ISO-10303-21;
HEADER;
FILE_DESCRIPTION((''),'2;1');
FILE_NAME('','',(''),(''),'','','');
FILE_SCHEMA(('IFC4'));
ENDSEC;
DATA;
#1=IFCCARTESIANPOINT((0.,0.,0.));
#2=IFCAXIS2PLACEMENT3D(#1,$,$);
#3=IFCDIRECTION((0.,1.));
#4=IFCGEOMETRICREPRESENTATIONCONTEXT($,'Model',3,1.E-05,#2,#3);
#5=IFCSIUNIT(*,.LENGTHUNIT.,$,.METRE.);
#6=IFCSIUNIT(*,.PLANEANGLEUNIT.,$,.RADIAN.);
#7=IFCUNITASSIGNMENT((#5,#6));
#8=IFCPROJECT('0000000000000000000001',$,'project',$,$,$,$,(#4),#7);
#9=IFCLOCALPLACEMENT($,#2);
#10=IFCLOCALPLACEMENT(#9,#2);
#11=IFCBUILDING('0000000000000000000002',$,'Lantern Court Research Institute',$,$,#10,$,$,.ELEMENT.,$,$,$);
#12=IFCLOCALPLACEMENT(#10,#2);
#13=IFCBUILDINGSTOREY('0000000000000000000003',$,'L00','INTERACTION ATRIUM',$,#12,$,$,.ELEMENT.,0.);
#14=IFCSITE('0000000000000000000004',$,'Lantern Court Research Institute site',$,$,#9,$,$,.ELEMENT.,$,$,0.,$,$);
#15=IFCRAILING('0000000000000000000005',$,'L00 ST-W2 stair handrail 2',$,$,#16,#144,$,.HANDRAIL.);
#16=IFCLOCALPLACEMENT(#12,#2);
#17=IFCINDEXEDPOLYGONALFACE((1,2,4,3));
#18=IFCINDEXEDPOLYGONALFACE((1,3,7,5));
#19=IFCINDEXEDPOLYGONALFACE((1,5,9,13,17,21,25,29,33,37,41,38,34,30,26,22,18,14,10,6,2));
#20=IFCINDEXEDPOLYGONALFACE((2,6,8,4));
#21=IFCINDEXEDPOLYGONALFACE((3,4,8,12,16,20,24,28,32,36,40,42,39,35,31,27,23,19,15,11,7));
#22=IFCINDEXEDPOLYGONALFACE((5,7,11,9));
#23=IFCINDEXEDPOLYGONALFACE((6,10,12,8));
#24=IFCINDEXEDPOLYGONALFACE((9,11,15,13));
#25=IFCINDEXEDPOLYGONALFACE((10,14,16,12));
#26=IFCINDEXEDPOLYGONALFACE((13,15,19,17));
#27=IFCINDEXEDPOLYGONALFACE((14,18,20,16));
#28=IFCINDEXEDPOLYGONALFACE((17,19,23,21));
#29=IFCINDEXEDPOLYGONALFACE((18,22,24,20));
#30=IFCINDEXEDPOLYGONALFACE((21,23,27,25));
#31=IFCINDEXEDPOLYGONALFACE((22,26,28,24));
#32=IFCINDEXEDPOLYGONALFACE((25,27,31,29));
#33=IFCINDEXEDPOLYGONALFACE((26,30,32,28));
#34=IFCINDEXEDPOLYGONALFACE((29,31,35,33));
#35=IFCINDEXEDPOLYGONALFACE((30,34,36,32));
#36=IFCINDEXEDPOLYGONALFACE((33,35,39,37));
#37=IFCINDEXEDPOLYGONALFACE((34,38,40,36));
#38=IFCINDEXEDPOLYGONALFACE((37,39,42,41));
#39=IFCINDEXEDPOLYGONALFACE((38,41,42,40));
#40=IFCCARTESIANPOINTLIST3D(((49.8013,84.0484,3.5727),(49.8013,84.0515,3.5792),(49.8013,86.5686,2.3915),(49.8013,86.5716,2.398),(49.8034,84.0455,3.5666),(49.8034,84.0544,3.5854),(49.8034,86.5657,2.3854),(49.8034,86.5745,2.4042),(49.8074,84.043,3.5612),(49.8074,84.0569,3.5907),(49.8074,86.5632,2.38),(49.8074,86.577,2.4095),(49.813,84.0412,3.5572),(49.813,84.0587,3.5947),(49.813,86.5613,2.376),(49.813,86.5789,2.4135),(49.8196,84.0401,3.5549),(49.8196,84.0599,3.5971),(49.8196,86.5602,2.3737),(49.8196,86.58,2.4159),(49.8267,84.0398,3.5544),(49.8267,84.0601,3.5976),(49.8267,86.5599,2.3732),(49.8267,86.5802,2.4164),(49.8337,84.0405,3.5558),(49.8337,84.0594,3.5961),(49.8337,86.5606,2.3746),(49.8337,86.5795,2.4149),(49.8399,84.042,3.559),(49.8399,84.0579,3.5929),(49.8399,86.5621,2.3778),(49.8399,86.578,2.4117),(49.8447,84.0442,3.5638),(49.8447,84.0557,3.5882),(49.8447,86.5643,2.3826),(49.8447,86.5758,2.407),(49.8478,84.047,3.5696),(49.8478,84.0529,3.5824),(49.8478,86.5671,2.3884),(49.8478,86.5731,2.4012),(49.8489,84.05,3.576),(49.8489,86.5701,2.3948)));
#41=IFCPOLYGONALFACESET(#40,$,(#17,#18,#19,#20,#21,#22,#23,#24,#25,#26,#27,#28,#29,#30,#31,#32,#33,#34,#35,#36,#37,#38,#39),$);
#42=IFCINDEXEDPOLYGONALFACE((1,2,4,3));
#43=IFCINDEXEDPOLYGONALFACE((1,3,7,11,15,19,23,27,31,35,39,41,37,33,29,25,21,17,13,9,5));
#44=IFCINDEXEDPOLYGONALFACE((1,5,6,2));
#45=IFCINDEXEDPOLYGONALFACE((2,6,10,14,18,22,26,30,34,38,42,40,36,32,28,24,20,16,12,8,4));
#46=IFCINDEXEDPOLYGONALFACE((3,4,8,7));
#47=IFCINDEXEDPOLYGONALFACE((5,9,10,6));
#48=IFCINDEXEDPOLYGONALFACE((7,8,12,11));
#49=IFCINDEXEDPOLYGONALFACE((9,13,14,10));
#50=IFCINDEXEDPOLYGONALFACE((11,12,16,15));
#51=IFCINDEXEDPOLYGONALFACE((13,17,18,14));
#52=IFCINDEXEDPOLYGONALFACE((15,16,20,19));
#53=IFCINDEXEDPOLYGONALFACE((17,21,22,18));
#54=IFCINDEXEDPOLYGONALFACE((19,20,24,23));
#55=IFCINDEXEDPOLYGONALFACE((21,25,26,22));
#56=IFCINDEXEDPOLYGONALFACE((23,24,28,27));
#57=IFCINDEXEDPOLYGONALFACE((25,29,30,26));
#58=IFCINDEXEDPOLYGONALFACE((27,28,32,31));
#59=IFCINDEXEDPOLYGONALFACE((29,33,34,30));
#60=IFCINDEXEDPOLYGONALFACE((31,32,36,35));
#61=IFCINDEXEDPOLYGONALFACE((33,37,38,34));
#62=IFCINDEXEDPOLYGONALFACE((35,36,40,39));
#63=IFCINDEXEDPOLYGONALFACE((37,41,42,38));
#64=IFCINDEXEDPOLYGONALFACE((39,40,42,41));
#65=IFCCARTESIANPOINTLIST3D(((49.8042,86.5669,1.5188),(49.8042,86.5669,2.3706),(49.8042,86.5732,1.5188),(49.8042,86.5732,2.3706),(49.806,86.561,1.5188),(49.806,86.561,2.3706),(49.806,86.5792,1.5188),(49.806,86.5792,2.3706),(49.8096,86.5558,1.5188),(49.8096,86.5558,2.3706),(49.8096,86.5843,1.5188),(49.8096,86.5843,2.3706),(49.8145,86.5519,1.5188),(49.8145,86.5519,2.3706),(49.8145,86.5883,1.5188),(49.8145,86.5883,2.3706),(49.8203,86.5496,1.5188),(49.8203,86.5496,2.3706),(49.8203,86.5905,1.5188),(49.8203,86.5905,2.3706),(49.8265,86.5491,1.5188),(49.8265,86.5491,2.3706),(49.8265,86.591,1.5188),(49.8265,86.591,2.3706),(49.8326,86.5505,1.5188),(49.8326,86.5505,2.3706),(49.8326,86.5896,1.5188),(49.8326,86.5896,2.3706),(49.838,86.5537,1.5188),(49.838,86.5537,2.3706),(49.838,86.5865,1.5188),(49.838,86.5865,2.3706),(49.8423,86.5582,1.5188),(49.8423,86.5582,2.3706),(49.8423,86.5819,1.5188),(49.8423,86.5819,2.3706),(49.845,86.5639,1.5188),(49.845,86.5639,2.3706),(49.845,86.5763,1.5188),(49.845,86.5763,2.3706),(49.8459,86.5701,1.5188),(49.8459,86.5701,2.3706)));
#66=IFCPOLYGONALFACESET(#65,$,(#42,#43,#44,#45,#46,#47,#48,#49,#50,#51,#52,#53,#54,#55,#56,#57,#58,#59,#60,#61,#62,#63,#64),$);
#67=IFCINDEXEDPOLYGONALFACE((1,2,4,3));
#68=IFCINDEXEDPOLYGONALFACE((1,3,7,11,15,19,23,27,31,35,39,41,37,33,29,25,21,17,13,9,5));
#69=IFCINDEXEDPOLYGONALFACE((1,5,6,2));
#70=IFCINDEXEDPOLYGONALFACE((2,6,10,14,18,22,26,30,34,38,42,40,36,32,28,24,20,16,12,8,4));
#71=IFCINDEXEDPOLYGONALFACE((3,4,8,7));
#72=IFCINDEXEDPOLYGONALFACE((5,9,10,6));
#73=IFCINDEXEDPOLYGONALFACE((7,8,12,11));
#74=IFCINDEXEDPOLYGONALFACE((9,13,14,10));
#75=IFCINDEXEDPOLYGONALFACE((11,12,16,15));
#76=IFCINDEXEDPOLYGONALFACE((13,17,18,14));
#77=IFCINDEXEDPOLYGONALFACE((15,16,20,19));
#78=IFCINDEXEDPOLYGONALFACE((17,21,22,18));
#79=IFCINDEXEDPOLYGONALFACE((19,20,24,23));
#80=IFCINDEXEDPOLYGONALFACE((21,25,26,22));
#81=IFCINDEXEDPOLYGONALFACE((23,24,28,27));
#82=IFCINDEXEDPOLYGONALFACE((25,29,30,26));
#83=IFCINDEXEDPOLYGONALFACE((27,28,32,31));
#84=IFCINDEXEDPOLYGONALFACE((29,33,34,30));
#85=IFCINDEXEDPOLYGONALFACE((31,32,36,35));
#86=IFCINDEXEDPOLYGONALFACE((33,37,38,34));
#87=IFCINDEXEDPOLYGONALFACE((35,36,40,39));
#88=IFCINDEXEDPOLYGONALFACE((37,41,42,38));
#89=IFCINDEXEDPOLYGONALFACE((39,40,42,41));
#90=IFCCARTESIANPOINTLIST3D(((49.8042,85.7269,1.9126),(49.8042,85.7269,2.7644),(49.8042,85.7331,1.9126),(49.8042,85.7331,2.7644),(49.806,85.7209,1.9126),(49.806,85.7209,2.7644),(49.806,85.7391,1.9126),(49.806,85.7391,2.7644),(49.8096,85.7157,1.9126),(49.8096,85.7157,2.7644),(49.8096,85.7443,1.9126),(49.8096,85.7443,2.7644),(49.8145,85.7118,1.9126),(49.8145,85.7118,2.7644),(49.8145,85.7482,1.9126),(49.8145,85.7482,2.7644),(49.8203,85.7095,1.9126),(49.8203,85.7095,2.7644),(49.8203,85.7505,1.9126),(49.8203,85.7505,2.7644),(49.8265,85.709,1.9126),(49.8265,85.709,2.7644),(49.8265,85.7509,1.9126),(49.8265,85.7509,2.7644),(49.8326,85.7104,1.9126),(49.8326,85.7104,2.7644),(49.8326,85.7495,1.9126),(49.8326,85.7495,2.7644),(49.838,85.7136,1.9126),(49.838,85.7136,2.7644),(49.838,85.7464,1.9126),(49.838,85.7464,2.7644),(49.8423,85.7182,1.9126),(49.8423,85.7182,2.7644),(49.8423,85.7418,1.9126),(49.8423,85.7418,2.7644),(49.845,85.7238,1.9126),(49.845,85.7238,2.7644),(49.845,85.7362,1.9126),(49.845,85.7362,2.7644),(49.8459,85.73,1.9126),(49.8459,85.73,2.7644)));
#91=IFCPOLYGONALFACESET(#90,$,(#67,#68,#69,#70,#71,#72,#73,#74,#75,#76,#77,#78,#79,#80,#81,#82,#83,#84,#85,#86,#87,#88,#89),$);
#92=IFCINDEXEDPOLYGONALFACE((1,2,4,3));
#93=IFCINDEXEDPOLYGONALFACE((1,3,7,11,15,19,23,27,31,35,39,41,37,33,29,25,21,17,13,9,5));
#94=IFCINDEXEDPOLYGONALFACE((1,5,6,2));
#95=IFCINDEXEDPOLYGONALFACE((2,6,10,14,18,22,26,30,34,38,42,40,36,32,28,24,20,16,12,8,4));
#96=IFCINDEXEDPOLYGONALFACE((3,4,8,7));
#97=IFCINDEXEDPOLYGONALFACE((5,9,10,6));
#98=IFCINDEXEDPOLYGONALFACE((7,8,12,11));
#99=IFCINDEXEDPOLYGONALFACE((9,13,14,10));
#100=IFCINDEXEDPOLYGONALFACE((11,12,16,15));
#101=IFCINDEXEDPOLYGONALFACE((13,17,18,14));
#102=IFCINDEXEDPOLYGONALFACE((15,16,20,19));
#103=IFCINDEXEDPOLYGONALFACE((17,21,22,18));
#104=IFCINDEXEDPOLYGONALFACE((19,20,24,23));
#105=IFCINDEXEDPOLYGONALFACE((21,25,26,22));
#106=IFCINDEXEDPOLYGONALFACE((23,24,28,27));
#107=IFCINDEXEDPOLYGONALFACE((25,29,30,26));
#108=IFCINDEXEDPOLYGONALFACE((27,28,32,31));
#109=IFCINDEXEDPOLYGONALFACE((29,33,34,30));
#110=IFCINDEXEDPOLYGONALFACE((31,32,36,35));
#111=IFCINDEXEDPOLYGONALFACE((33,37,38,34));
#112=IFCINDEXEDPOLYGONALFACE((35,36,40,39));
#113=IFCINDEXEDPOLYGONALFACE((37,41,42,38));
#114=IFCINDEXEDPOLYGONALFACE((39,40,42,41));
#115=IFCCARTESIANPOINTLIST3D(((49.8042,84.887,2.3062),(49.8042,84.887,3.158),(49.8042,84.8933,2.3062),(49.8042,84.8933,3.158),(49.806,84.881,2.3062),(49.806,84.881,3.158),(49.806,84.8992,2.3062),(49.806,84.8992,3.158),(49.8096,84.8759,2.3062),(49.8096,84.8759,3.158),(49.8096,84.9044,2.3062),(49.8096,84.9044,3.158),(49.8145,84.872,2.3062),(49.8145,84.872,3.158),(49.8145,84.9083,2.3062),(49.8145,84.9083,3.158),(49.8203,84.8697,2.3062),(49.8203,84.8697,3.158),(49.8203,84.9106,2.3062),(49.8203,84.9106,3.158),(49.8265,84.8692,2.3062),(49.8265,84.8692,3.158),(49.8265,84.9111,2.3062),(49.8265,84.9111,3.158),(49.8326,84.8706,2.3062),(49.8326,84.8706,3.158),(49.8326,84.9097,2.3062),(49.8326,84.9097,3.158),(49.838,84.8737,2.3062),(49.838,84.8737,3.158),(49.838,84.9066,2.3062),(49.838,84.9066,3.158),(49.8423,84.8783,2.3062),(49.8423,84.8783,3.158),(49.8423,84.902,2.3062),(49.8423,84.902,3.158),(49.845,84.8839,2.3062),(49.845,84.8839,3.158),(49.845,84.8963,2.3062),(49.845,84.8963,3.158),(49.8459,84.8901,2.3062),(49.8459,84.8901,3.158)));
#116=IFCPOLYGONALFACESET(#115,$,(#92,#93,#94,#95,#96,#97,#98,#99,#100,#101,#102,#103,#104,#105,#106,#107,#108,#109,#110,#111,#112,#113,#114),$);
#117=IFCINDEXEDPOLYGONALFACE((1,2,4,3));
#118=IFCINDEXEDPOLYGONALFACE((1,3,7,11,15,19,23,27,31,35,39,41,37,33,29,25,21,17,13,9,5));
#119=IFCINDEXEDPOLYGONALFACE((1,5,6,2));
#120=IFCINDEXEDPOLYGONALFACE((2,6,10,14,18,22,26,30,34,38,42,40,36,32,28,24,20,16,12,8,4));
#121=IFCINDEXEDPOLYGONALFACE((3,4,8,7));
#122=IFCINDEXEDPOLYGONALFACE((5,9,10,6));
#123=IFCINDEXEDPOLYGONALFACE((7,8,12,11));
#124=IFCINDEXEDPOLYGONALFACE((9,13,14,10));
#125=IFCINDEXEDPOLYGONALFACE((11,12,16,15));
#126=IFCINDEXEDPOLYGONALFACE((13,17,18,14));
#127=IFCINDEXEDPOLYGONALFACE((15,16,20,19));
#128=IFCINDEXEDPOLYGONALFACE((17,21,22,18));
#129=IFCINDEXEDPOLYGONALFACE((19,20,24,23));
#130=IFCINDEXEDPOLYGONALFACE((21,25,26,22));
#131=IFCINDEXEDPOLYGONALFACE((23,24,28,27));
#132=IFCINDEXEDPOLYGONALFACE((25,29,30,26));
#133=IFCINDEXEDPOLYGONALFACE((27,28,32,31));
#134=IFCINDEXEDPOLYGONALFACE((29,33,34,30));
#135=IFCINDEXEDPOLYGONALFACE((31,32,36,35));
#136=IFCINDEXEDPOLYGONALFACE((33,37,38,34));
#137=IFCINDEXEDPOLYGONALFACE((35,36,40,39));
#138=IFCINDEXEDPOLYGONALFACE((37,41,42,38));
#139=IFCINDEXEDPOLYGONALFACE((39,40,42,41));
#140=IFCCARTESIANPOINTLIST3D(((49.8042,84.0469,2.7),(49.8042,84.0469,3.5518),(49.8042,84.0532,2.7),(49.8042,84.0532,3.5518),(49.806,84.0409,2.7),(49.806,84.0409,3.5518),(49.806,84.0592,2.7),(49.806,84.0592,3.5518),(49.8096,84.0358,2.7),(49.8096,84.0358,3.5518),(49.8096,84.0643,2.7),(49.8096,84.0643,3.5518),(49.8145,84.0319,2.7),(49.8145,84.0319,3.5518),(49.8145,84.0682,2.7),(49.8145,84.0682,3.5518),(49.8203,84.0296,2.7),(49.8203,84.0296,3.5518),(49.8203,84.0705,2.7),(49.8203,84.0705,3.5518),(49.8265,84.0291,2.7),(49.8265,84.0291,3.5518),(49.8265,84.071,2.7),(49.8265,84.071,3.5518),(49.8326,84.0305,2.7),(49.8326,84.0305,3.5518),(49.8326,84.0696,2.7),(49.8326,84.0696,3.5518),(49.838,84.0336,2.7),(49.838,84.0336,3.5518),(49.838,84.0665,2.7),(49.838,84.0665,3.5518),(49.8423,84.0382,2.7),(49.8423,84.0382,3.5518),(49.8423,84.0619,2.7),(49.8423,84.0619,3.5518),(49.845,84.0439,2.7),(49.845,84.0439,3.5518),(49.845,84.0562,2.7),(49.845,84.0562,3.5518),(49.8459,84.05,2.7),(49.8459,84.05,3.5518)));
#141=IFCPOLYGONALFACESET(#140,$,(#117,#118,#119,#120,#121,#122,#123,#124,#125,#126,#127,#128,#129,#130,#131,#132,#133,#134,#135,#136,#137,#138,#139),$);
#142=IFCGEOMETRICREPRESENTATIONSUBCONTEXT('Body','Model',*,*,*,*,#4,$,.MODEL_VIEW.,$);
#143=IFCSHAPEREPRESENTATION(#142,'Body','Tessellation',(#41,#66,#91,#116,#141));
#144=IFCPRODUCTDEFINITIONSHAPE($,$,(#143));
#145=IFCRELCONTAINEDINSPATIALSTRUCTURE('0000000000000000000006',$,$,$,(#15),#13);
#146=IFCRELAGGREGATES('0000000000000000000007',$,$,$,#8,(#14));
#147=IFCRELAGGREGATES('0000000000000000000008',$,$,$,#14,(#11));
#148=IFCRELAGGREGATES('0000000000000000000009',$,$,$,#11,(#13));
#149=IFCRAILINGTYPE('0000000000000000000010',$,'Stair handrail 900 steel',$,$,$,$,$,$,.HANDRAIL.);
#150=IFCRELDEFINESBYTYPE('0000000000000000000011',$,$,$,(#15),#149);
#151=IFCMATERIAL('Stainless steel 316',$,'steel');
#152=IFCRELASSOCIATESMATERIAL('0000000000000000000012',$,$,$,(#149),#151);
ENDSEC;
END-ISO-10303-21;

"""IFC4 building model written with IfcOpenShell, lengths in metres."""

from ifc_helpers import new_model, si_unit, direction, frame, origin, origin_2d, place, context, subcontext, project, spatial, circle, extrude, material, type_object, element, save


model = new_model("IFC4")

# Units and contexts
model_context = context("Model", 3, precision=1e-05, world=origin(), true_north=direction((0.0, 1.0)))
body_context = subcontext(model_context, "Body", "Model", "MODEL_VIEW")
ifc_project = project(units=[si_unit("LENGTHUNIT", "METRE"), si_unit("PLANEANGLEUNIT", "RADIAN")], contexts=[model_context])

# Site, building, storey
site_placement = place(None, origin())
site = spatial("IfcSite", under=ifc_project, at=site_placement, Name="Lantern Court Research Institute site", CompositionType="ELEMENT", RefElevation=0.0)
building_placement = place(site_placement, origin())
building = spatial("IfcBuilding", under=site, at=building_placement, Name="Lantern Court Research Institute", CompositionType="ELEMENT")
storey_placement = place(building_placement, origin())
storey = spatial("IfcBuildingStorey", under=building, at=storey_placement, Name="L00", Description="INTERACTION ATRIUM", CompositionType="ELEMENT", Elevation=0.0)

# Railing
ifc_material_1 = material(Name="Stainless steel 316", Category="steel")
railing_type_1 = type_object("IfcRailingType", Name="Stair handrail 900 steel", PredefinedType="HANDRAIL", material=ifc_material_1)
for number, where, name in (
    (1, (49.825, 86.5701, 1.5188), "L00 ST-W2 stair handrail 2"),
):
    element("IfcRailing", number, at=place(storey_placement, frame(where)), inside=storey, type_object=railing_type_1, Name=name, PredefinedType="HANDRAIL", context=body_context, shape_type="SweptSolid", body=[
        extrude(circle(Radius=0.0239, at=origin_2d()), frame((0.0, 0.0, 0.876), z_axis=(0.0, -0.905474, 0.424402), x_axis=(1.0, 0.0, 0.0)), (0.0, 0.0, 1.0), 2.7832),
        extrude(circle(Radius=0.021, at=origin_2d()), origin(), (0.0, 0.0, 1.0), 0.8518),
        extrude(circle(Radius=0.021, at=origin_2d()), frame((0.0, -0.8401, 0.3938)), (0.0, 0.0, 1.0), 0.8518),
        extrude(circle(Radius=0.021, at=origin_2d()), frame((0.0, -1.6799, 0.7874)), (0.0, 0.0, 1.0), 0.8518),
        extrude(circle(Radius=0.021, at=origin_2d()), frame((0.0, -2.52, 1.1812)), (0.0, 0.0, 1.0), 0.8518),
    ])

save(model, "model.ifc")
